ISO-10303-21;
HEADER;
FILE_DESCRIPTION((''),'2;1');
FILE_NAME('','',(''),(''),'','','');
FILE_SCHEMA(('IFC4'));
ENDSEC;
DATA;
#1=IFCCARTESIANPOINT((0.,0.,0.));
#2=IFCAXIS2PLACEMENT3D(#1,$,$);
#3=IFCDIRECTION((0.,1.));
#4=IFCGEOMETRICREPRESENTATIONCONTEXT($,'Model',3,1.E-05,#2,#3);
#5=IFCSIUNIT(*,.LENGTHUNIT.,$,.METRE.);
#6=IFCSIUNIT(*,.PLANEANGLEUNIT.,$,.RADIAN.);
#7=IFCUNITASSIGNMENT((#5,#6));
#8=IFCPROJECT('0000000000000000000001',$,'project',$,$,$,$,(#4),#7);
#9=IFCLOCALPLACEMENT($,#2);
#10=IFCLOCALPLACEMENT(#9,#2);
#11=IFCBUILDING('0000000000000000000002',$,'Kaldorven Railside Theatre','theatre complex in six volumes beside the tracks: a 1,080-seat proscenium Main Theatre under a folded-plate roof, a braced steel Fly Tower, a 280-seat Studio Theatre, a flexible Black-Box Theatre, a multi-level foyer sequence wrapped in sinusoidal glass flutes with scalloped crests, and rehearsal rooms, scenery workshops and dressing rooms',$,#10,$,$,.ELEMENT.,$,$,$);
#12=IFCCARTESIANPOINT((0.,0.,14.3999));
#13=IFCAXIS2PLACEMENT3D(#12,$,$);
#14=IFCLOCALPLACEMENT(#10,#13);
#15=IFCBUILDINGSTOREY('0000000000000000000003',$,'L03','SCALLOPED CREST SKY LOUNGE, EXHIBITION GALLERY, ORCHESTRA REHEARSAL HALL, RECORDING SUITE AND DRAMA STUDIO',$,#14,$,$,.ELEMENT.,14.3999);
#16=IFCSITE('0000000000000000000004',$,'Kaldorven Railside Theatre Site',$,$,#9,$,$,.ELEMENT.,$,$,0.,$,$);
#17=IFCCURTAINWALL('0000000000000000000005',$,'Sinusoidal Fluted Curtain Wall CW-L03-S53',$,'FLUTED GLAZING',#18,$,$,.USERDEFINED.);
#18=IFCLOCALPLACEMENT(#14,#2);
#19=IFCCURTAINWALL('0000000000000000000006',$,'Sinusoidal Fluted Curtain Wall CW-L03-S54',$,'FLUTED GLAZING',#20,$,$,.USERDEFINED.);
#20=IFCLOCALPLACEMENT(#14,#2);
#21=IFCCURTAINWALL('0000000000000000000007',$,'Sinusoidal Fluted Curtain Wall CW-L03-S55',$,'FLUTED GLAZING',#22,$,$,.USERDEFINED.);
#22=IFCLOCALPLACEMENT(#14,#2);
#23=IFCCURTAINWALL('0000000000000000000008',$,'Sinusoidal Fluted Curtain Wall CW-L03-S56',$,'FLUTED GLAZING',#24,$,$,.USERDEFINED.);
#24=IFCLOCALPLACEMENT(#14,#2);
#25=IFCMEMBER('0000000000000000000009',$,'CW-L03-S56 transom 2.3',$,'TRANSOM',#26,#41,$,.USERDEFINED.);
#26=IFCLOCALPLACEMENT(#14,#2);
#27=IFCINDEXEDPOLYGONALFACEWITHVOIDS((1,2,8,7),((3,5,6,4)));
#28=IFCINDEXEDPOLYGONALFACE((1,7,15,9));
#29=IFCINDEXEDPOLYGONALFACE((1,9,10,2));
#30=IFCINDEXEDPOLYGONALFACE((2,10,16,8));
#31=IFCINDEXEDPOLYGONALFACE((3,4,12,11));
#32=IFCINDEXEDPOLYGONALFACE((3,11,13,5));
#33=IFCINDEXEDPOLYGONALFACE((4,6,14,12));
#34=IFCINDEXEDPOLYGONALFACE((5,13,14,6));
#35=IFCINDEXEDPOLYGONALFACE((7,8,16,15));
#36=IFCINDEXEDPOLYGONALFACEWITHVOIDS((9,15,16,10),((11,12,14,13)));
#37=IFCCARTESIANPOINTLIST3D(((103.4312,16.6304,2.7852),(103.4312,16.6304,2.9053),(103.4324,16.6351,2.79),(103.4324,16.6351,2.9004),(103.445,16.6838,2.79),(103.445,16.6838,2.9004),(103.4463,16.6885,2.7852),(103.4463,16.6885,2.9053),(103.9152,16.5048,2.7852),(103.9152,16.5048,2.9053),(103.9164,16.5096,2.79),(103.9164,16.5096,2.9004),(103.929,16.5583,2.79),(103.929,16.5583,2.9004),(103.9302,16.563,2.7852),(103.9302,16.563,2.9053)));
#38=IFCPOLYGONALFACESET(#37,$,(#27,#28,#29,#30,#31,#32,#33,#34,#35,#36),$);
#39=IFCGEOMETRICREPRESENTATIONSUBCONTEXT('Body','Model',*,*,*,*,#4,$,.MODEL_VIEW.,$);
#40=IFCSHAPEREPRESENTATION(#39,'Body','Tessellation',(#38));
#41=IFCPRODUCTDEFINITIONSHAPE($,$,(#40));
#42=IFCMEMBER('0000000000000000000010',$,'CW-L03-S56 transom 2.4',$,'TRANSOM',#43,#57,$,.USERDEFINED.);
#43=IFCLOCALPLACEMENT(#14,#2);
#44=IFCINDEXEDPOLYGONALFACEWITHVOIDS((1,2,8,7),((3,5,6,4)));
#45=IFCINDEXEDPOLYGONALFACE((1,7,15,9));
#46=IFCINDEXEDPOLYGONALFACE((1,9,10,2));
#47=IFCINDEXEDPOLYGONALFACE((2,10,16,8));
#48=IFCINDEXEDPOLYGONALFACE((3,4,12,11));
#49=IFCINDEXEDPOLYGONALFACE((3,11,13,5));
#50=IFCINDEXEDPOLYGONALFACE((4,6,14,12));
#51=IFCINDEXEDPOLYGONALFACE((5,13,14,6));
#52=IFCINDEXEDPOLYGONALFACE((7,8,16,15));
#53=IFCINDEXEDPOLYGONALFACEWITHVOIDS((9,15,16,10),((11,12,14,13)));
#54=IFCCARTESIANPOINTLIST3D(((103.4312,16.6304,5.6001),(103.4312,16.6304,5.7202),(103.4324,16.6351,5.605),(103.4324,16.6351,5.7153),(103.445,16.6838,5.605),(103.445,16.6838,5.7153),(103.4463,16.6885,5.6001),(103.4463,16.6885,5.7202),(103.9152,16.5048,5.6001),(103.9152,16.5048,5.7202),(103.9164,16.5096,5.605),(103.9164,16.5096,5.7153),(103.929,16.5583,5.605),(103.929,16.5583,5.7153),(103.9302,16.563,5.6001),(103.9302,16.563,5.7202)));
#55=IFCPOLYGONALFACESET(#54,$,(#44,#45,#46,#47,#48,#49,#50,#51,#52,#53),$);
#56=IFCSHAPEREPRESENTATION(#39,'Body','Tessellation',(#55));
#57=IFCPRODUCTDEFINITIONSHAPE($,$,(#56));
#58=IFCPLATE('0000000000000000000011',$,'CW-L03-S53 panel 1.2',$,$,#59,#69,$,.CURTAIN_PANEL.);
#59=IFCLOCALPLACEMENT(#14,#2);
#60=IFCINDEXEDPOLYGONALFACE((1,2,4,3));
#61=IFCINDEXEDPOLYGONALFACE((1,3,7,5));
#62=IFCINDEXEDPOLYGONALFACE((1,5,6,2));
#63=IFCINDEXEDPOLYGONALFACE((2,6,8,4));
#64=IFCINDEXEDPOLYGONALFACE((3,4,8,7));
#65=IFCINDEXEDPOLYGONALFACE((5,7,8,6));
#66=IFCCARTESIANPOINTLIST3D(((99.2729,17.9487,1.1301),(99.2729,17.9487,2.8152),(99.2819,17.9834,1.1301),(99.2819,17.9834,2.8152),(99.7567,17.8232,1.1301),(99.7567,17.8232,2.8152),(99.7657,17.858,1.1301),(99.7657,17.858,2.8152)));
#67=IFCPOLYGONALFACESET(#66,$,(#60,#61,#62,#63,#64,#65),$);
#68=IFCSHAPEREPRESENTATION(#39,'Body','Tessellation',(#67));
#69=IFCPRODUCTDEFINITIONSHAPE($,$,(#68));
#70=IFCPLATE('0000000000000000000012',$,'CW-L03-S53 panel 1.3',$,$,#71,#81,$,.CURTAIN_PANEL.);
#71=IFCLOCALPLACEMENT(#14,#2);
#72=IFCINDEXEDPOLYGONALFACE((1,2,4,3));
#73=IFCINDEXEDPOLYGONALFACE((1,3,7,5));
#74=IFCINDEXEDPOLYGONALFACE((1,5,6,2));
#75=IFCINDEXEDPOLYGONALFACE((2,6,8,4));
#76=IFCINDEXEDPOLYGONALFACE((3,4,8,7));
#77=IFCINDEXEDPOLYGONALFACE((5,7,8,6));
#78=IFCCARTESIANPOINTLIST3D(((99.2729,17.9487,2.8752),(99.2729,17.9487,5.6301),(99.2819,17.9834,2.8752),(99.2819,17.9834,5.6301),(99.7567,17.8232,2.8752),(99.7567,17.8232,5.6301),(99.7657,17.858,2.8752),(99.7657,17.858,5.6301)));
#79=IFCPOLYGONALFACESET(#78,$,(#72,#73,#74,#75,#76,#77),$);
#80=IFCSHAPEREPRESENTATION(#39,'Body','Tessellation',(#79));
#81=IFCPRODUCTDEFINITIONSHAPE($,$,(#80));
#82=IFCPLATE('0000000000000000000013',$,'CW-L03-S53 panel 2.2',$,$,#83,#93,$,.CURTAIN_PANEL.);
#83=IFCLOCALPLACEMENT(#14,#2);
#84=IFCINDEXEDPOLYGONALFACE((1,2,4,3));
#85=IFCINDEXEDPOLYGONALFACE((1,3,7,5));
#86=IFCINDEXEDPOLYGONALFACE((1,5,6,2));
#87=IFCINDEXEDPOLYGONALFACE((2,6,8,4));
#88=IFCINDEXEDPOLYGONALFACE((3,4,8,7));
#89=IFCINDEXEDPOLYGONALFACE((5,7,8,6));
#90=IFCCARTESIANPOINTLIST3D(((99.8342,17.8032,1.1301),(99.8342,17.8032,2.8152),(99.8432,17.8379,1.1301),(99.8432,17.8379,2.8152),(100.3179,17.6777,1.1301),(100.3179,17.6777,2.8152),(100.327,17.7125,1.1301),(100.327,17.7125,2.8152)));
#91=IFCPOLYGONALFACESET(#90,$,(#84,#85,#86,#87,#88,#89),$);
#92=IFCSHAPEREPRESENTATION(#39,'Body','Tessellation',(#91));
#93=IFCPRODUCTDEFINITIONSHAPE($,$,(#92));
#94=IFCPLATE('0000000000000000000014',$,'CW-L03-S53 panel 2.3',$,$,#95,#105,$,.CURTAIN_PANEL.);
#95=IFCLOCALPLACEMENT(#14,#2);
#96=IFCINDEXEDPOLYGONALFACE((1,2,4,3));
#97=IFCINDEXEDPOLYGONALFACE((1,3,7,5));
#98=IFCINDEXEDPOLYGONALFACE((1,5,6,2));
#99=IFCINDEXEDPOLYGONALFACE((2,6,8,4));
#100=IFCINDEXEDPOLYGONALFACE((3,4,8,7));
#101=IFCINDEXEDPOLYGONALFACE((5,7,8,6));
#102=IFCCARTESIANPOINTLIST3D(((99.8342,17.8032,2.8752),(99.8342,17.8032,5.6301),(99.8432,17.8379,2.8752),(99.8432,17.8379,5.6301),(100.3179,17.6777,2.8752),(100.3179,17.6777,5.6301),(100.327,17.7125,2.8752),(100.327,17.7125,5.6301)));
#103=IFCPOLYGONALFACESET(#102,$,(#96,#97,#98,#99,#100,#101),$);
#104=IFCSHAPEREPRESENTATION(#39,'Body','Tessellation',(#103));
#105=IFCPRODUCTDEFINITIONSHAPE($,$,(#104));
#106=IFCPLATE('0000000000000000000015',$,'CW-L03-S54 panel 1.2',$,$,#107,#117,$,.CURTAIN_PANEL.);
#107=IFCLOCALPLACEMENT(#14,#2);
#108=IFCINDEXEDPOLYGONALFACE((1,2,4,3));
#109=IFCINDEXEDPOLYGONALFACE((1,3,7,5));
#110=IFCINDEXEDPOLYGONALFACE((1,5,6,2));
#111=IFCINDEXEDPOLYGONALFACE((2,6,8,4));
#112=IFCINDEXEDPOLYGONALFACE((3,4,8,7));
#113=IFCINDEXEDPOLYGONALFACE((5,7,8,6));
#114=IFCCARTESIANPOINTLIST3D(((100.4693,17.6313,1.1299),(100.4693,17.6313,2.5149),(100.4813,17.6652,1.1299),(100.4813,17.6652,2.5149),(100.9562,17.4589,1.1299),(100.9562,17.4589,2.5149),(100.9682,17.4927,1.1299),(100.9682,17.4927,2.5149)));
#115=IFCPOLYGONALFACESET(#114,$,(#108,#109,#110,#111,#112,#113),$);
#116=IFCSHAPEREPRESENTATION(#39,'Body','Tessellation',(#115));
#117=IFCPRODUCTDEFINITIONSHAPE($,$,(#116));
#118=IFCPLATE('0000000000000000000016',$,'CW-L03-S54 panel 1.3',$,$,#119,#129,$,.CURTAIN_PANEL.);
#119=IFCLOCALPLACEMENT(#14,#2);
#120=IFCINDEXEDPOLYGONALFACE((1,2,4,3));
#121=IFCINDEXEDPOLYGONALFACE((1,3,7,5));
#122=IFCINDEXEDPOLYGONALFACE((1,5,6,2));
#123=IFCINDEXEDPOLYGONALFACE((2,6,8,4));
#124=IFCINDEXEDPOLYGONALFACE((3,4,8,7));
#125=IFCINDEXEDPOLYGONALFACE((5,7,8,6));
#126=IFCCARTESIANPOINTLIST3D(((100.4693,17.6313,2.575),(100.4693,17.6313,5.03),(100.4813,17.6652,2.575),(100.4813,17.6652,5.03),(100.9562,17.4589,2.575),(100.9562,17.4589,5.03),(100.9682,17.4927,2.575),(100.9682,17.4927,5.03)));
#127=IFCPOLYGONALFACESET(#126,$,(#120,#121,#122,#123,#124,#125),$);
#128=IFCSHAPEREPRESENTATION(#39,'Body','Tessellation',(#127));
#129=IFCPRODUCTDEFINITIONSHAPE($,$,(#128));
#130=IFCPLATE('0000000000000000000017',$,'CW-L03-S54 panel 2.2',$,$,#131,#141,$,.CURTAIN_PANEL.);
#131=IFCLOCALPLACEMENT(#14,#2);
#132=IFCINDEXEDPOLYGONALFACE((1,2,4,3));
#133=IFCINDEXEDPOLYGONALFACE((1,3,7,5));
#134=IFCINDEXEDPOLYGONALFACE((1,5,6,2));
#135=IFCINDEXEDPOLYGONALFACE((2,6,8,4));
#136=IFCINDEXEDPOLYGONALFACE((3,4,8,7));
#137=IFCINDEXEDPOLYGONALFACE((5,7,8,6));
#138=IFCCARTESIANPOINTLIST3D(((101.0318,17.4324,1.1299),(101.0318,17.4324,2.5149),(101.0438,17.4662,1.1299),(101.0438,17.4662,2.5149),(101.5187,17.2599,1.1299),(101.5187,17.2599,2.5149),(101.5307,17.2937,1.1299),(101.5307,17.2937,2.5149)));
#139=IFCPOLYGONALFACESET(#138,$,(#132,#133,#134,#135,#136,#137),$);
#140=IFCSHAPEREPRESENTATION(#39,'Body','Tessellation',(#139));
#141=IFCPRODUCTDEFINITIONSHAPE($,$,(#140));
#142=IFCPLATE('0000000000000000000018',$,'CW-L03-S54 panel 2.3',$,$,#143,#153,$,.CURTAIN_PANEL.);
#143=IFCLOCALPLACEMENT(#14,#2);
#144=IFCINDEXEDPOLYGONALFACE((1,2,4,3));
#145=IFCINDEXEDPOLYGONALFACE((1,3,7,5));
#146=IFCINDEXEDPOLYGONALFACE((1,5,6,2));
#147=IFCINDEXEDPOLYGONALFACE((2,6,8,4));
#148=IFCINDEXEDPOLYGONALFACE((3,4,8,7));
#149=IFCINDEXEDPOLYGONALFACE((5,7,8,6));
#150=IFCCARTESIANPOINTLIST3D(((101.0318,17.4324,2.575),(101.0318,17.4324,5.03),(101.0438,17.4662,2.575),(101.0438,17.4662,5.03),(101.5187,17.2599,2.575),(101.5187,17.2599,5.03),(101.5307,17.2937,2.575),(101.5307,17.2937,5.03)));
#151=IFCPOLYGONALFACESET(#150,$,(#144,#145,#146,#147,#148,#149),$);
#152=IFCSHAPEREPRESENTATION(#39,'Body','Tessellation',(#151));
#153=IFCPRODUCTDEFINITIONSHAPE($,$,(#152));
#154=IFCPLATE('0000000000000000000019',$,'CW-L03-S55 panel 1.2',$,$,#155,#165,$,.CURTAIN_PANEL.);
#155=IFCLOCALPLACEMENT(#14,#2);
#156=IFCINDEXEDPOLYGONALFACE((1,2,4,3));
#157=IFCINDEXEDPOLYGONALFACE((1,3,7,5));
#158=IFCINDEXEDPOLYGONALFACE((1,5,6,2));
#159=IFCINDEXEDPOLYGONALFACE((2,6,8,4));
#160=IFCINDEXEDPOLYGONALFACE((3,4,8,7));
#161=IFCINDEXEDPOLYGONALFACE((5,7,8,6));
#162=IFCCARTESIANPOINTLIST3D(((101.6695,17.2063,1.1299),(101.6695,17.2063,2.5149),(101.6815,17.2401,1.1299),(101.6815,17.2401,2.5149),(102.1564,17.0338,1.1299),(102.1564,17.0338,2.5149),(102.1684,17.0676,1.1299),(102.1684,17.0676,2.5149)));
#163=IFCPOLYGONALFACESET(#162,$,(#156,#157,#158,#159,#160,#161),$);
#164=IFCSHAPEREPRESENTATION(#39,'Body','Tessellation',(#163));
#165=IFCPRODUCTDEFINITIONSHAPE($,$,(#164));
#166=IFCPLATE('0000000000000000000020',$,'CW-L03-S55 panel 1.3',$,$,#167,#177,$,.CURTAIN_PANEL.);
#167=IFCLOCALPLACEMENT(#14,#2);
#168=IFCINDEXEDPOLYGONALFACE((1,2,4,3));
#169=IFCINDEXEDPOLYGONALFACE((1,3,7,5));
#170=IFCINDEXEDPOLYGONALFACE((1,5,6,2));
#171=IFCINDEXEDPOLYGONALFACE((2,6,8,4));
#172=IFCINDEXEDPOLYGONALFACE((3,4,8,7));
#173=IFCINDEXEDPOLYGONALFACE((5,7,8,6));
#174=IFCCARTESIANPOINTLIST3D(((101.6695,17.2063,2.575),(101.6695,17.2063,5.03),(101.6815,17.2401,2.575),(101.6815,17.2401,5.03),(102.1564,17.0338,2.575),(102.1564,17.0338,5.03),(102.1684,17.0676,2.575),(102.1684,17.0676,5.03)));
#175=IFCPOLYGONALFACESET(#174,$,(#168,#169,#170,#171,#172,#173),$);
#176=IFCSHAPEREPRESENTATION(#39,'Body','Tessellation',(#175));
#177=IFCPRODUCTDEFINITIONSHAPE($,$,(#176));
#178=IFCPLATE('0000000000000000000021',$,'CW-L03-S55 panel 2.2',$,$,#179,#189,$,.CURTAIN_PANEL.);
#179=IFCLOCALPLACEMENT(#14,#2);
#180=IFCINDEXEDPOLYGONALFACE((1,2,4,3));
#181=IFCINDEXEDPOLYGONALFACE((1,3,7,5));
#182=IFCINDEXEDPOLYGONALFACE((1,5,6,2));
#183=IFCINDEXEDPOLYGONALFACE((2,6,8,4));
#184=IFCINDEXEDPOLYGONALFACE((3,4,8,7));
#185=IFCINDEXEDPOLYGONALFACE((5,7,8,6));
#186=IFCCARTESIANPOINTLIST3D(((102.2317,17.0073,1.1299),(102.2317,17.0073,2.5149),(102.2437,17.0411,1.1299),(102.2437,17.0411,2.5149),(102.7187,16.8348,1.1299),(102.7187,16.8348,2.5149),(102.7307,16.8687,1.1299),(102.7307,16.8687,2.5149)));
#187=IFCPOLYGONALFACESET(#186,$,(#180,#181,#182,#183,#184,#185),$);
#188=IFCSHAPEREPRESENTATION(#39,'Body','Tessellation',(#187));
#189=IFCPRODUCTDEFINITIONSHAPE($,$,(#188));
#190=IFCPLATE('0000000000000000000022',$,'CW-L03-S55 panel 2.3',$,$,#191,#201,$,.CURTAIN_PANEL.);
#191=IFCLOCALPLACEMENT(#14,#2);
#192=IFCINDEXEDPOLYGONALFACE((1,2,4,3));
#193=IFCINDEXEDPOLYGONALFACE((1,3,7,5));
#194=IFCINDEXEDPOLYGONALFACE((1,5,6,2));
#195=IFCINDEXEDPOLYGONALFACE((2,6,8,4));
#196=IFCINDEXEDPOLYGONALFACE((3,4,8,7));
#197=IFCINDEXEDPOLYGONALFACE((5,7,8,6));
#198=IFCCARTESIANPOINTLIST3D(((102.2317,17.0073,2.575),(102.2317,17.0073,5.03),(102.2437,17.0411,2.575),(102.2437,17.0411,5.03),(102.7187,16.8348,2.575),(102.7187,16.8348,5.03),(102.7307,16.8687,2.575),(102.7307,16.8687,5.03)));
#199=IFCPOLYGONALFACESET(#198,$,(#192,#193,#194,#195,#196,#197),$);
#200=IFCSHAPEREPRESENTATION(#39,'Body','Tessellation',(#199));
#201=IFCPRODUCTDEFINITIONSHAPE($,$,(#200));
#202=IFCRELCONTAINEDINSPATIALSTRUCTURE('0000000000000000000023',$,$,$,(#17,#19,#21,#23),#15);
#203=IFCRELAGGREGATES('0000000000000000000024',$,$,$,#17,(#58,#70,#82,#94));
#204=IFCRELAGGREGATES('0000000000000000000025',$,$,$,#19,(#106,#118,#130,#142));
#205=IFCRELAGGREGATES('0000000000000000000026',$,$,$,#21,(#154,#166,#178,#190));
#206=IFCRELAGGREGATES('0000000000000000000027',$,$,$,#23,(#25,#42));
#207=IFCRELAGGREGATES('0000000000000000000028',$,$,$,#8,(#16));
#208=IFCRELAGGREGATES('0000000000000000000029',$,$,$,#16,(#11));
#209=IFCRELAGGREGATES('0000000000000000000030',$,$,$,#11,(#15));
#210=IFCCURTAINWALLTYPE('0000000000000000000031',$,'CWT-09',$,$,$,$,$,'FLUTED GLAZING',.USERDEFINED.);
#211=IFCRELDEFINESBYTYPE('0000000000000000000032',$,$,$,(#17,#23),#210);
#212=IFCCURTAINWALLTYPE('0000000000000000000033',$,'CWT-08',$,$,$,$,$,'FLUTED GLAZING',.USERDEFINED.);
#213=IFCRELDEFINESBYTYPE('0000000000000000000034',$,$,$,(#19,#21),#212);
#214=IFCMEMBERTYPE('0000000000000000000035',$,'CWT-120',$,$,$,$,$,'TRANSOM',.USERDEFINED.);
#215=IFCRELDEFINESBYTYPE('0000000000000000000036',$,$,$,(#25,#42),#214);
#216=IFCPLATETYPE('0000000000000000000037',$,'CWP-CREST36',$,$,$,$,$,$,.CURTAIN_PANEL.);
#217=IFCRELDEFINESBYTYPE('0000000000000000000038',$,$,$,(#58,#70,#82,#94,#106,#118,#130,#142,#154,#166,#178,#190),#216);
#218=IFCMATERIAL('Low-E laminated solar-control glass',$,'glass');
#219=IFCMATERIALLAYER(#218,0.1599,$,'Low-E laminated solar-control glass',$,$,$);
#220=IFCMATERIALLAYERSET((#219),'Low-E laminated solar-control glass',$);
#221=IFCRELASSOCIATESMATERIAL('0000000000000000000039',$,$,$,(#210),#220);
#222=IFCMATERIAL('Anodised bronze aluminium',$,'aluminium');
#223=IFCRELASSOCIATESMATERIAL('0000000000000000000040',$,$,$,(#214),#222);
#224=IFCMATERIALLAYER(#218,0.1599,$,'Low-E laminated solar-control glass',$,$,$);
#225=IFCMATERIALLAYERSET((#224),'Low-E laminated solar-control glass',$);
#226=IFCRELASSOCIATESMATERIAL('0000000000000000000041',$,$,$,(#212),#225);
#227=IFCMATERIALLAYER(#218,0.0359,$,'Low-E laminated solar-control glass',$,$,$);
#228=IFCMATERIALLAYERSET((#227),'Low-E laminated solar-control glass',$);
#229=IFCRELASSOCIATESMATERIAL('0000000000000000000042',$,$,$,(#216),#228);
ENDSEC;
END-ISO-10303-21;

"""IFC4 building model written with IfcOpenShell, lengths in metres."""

from ifc_helpers import new_model, si_unit, direction, frame, origin, origin_2d, place, context, subcontext, project, spatial, rectangle, hollow_rectangle, extrude, material, layer, layer_set, material_profile, profile_set, type_object, element, aggregate, save


model = new_model("IFC4")

# Units and contexts
model_context = context("Model", 3, precision=1e-05, world=origin(), true_north=direction((0.0, 1.0)))
body_context = subcontext(model_context, "Body", "Model", "MODEL_VIEW")
ifc_project = project(units=[si_unit("LENGTHUNIT", "METRE"), si_unit("PLANEANGLEUNIT", "RADIAN")], contexts=[model_context])

# Site, building, storey
site_placement = place(None, origin())
site = spatial("IfcSite", under=ifc_project, at=site_placement, Name="Kaldorven Railside Theatre Site", CompositionType="ELEMENT", RefElevation=0.0)
building_placement = place(site_placement, origin())
building = spatial("IfcBuilding", under=site, at=building_placement, Name="Kaldorven Railside Theatre", Description="theatre complex in six volumes beside the tracks: a 1,080-seat proscenium Main Theatre under a folded-plate roof, a braced steel Fly Tower, a 280-seat Studio Theatre, a flexible Black-Box Theatre, a multi-level foyer sequence wrapped in sinusoidal glass flutes with scalloped crests, and rehearsal rooms, scenery workshops and dressing rooms", CompositionType="ELEMENT")
storey_placement = place(building_placement, frame((0.0, 0.0, 14.3999)))
storey = spatial("IfcBuildingStorey", under=building, at=storey_placement, Name="L03", Description="SCALLOPED CREST SKY LOUNGE, EXHIBITION GALLERY, ORCHESTRA REHEARSAL HALL, RECORDING SUITE AND DRAMA STUDIO", CompositionType="ELEMENT", Elevation=14.3999)

# Curtain walls, members
ifc_material_1 = material(Name="Low-E laminated solar-control glass", Category="glass")
ifc_layer_1 = layer(ifc_material_1, 0.1599, Name="Low-E laminated solar-control glass")
ifc_layer_set_1 = layer_set([ifc_layer_1], Name="Low-E laminated solar-control glass")
curtain_wall_type_1 = type_object("IfcCurtainWallType", Name="CWT-09", ElementType="FLUTED GLAZING", PredefinedType="USERDEFINED", material=ifc_layer_set_1)
curtain_wall_1_placement = place(storey_placement, origin())
curtain_wall_1 = element("IfcCurtainWall", 1, at=curtain_wall_1_placement, inside=storey, type_object=curtain_wall_type_1, Name="Sinusoidal Fluted Curtain Wall CW-L03-S53", ObjectType="FLUTED GLAZING", PredefinedType="USERDEFINED")
ifc_material_2 = material(Name="Anodised bronze aluminium", Category="aluminium")
ifc_material_profile = material_profile(ifc_material_2, hollow_rectangle(XDim=0.0601, YDim=0.1201, WallThickness=0.0049, at=origin_2d()), Name="RHS 120x60x5")
ifc_profile_set = profile_set([ifc_material_profile], Name="Anodised bronze aluminium")
member_type = type_object("IfcMemberType", Name="CWT-120", ElementType="TRANSOM", PredefinedType="USERDEFINED", material=ifc_profile_set)
ifc_layer_2 = layer(ifc_material_1, 0.1599, Name="Low-E laminated solar-control glass")
ifc_layer_set_2 = layer_set([ifc_layer_2], Name="Low-E laminated solar-control glass")
curtain_wall_type_2 = type_object("IfcCurtainWallType", Name="CWT-08", ElementType="FLUTED GLAZING", PredefinedType="USERDEFINED", material=ifc_layer_set_2)
curtain_wall_2_placement = place(storey_placement, origin())
curtain_wall_2 = element("IfcCurtainWall", 2, at=curtain_wall_2_placement, inside=storey, type_object=curtain_wall_type_2, Name="Sinusoidal Fluted Curtain Wall CW-L03-S54", ObjectType="FLUTED GLAZING", PredefinedType="USERDEFINED")
curtain_wall_3_placement = place(storey_placement, origin())
curtain_wall_3 = element("IfcCurtainWall", 3, at=curtain_wall_3_placement, inside=storey, type_object=curtain_wall_type_2, Name="Sinusoidal Fluted Curtain Wall CW-L03-S55", ObjectType="FLUTED GLAZING", PredefinedType="USERDEFINED")
curtain_wall_4_placement = place(storey_placement, origin())
curtain_wall_4 = element("IfcCurtainWall", 4, at=curtain_wall_4_placement, inside=storey, type_object=curtain_wall_type_1, Name="Sinusoidal Fluted Curtain Wall CW-L03-S56", ObjectType="FLUTED GLAZING", PredefinedType="USERDEFINED")
member_1_placement = place(storey_placement, frame((103.4387, 16.6594, 2.8452), z_axis=(0.967979, -0.25103, 0.0), x_axis=(0.25103, 0.967979, 0.0)))
member_1 = element("IfcMember", 5, at=member_1_placement, type_object=member_type, Name="CW-L03-S56 transom 2.3", ObjectType="TRANSOM", PredefinedType="USERDEFINED", context=body_context, shape_type="SweptSolid", body=[
    extrude(hollow_rectangle(XDim=0.0601, YDim=0.1201, WallThickness=0.0049, at=origin_2d()), origin(), (0.0, 0.0, 1.0), 0.5),
])
member_2_placement = place(storey_placement, frame((103.4387, 16.6594, 5.6602), z_axis=(0.967979, -0.25103, 0.0), x_axis=(0.25103, 0.967979, 0.0)))
member_2 = element("IfcMember", 6, at=member_2_placement, type_object=member_type, Name="CW-L03-S56 transom 2.4", ObjectType="TRANSOM", PredefinedType="USERDEFINED", context=body_context, shape_type="SweptSolid", body=[
    extrude(hollow_rectangle(XDim=0.0601, YDim=0.1201, WallThickness=0.0049, at=origin_2d()), origin(), (0.0, 0.0, 1.0), 0.5),
])

# Plates
ifc_layer_3 = layer(ifc_material_1, 0.0359, Name="Low-E laminated solar-control glass")
ifc_layer_set_3 = layer_set([ifc_layer_3], Name="Low-E laminated solar-control glass")
plate_type = type_object("IfcPlateType", Name="CWP-CREST36", PredefinedType="CURTAIN_PANEL", material=ifc_layer_set_3)
plate_1_placement = place(storey_placement, frame((99.5193, 17.9033, 1.1301), z_axis=(0.0, 0.0, 1.0), x_axis=(0.967999, -0.250954, 0.0)))
plate_1 = element("IfcPlate", 7, at=plate_1_placement, type_object=plate_type, Name="CW-L03-S53 panel 1.2", PredefinedType="CURTAIN_PANEL", context=body_context, shape_type="SweptSolid", body=[
    extrude(rectangle(XDim=0.4998, YDim=0.0359, at=origin_2d()), origin(), (0.0, 0.0, 1.0), 1.6851),
])
plate_2_placement = place(storey_placement, frame((99.5193, 17.9033, 2.8752), z_axis=(0.0, 0.0, 1.0), x_axis=(0.967999, -0.250954, 0.0)))
plate_2 = element("IfcPlate", 8, at=plate_2_placement, type_object=plate_type, Name="CW-L03-S53 panel 1.3", PredefinedType="CURTAIN_PANEL", context=body_context, shape_type="SweptSolid", body=[
    extrude(rectangle(XDim=0.4998, YDim=0.0359, at=origin_2d()), origin(), (0.0, 0.0, 1.0), 2.7549),
])
plate_3_placement = place(storey_placement, frame((100.0806, 17.7578, 1.1301), z_axis=(0.0, 0.0, 1.0), x_axis=(0.967999, -0.250954, 0.0)))
plate_3 = element("IfcPlate", 9, at=plate_3_placement, type_object=plate_type, Name="CW-L03-S53 panel 2.2", PredefinedType="CURTAIN_PANEL", context=body_context, shape_type="SweptSolid", body=[
    extrude(rectangle(XDim=0.4998, YDim=0.0359, at=origin_2d()), origin(), (0.0, 0.0, 1.0), 1.6851),
])
plate_4_placement = place(storey_placement, frame((100.0806, 17.7578, 2.8752), z_axis=(0.0, 0.0, 1.0), x_axis=(0.967999, -0.250954, 0.0)))
plate_4 = element("IfcPlate", 10, at=plate_4_placement, type_object=plate_type, Name="CW-L03-S53 panel 2.3", PredefinedType="CURTAIN_PANEL", context=body_context, shape_type="SweptSolid", body=[
    extrude(rectangle(XDim=0.4998, YDim=0.0359, at=origin_2d()), origin(), (0.0, 0.0, 1.0), 2.7549),
])
aggregate(curtain_wall_1, [plate_1, plate_2, plate_3, plate_4])
plate_5_placement = place(storey_placement, frame((100.7188, 17.562, 1.1299), z_axis=(0.0, 0.0, 1.0), x_axis=(0.942627, -0.333847, 0.0)))
plate_5 = element("IfcPlate", 11, at=plate_5_placement, type_object=plate_type, Name="CW-L03-S54 panel 1.2", PredefinedType="CURTAIN_PANEL", context=body_context, shape_type="SweptSolid", body=[
    extrude(rectangle(XDim=0.5166, YDim=0.0359, at=origin_2d()), origin(), (0.0, 0.0, 1.0), 1.385),
])
plate_6_placement = place(storey_placement, frame((100.7188, 17.562, 2.575), z_axis=(0.0, 0.0, 1.0), x_axis=(0.942627, -0.333847, 0.0)))
plate_6 = element("IfcPlate", 12, at=plate_6_placement, type_object=plate_type, Name="CW-L03-S54 panel 1.3", PredefinedType="CURTAIN_PANEL", context=body_context, shape_type="SweptSolid", body=[
    extrude(rectangle(XDim=0.5166, YDim=0.0359, at=origin_2d()), origin(), (0.0, 0.0, 1.0), 2.4551),
])
plate_7_placement = place(storey_placement, frame((101.2812, 17.363, 1.1299), z_axis=(0.0, 0.0, 1.0), x_axis=(0.942627, -0.333847, 0.0)))
plate_7 = element("IfcPlate", 13, at=plate_7_placement, type_object=plate_type, Name="CW-L03-S54 panel 2.2", PredefinedType="CURTAIN_PANEL", context=body_context, shape_type="SweptSolid", body=[
    extrude(rectangle(XDim=0.5166, YDim=0.0359, at=origin_2d()), origin(), (0.0, 0.0, 1.0), 1.385),
])
plate_8_placement = place(storey_placement, frame((101.2812, 17.363, 2.575), z_axis=(0.0, 0.0, 1.0), x_axis=(0.942627, -0.333847, 0.0)))
plate_8 = element("IfcPlate", 14, at=plate_8_placement, type_object=plate_type, Name="CW-L03-S54 panel 2.3", PredefinedType="CURTAIN_PANEL", context=body_context, shape_type="SweptSolid", body=[
    extrude(rectangle(XDim=0.5166, YDim=0.0359, at=origin_2d()), origin(), (0.0, 0.0, 1.0), 2.4551),
])
aggregate(curtain_wall_2, [plate_5, plate_6, plate_7, plate_8])
plate_9_placement = place(storey_placement, frame((101.9189, 17.137, 1.1299), z_axis=(0.0, 0.0, 1.0), x_axis=(0.942627, -0.333847, 0.0)))
plate_9 = element("IfcPlate", 15, at=plate_9_placement, type_object=plate_type, Name="CW-L03-S55 panel 1.2", PredefinedType="CURTAIN_PANEL", context=body_context, shape_type="SweptSolid", body=[
    extrude(rectangle(XDim=0.5166, YDim=0.0359, at=origin_2d()), origin(), (0.0, 0.0, 1.0), 1.385),
])
plate_10_placement = place(storey_placement, frame((101.9189, 17.137, 2.575), z_axis=(0.0, 0.0, 1.0), x_axis=(0.942627, -0.333847, 0.0)))
plate_10 = element("IfcPlate", 16, at=plate_10_placement, type_object=plate_type, Name="CW-L03-S55 panel 1.3", PredefinedType="CURTAIN_PANEL", context=body_context, shape_type="SweptSolid", body=[
    extrude(rectangle(XDim=0.5166, YDim=0.0359, at=origin_2d()), origin(), (0.0, 0.0, 1.0), 2.4551),
])
plate_11_placement = place(storey_placement, frame((102.4812, 16.938, 1.1299), z_axis=(0.0, 0.0, 1.0), x_axis=(0.942627, -0.333847, 0.0)))
plate_11 = element("IfcPlate", 17, at=plate_11_placement, type_object=plate_type, Name="CW-L03-S55 panel 2.2", PredefinedType="CURTAIN_PANEL", context=body_context, shape_type="SweptSolid", body=[
    extrude(rectangle(XDim=0.5166, YDim=0.0359, at=origin_2d()), origin(), (0.0, 0.0, 1.0), 1.385),
])
plate_12_placement = place(storey_placement, frame((102.4812, 16.938, 2.575), z_axis=(0.0, 0.0, 1.0), x_axis=(0.942627, -0.333847, 0.0)))
plate_12 = element("IfcPlate", 18, at=plate_12_placement, type_object=plate_type, Name="CW-L03-S55 panel 2.3", PredefinedType="CURTAIN_PANEL", context=body_context, shape_type="SweptSolid", body=[
    extrude(rectangle(XDim=0.5166, YDim=0.0359, at=origin_2d()), origin(), (0.0, 0.0, 1.0), 2.4551),
])
aggregate(curtain_wall_3, [plate_9, plate_10, plate_11, plate_12])
aggregate(curtain_wall_4, [member_1, member_2])

save(model, "model.ifc")
